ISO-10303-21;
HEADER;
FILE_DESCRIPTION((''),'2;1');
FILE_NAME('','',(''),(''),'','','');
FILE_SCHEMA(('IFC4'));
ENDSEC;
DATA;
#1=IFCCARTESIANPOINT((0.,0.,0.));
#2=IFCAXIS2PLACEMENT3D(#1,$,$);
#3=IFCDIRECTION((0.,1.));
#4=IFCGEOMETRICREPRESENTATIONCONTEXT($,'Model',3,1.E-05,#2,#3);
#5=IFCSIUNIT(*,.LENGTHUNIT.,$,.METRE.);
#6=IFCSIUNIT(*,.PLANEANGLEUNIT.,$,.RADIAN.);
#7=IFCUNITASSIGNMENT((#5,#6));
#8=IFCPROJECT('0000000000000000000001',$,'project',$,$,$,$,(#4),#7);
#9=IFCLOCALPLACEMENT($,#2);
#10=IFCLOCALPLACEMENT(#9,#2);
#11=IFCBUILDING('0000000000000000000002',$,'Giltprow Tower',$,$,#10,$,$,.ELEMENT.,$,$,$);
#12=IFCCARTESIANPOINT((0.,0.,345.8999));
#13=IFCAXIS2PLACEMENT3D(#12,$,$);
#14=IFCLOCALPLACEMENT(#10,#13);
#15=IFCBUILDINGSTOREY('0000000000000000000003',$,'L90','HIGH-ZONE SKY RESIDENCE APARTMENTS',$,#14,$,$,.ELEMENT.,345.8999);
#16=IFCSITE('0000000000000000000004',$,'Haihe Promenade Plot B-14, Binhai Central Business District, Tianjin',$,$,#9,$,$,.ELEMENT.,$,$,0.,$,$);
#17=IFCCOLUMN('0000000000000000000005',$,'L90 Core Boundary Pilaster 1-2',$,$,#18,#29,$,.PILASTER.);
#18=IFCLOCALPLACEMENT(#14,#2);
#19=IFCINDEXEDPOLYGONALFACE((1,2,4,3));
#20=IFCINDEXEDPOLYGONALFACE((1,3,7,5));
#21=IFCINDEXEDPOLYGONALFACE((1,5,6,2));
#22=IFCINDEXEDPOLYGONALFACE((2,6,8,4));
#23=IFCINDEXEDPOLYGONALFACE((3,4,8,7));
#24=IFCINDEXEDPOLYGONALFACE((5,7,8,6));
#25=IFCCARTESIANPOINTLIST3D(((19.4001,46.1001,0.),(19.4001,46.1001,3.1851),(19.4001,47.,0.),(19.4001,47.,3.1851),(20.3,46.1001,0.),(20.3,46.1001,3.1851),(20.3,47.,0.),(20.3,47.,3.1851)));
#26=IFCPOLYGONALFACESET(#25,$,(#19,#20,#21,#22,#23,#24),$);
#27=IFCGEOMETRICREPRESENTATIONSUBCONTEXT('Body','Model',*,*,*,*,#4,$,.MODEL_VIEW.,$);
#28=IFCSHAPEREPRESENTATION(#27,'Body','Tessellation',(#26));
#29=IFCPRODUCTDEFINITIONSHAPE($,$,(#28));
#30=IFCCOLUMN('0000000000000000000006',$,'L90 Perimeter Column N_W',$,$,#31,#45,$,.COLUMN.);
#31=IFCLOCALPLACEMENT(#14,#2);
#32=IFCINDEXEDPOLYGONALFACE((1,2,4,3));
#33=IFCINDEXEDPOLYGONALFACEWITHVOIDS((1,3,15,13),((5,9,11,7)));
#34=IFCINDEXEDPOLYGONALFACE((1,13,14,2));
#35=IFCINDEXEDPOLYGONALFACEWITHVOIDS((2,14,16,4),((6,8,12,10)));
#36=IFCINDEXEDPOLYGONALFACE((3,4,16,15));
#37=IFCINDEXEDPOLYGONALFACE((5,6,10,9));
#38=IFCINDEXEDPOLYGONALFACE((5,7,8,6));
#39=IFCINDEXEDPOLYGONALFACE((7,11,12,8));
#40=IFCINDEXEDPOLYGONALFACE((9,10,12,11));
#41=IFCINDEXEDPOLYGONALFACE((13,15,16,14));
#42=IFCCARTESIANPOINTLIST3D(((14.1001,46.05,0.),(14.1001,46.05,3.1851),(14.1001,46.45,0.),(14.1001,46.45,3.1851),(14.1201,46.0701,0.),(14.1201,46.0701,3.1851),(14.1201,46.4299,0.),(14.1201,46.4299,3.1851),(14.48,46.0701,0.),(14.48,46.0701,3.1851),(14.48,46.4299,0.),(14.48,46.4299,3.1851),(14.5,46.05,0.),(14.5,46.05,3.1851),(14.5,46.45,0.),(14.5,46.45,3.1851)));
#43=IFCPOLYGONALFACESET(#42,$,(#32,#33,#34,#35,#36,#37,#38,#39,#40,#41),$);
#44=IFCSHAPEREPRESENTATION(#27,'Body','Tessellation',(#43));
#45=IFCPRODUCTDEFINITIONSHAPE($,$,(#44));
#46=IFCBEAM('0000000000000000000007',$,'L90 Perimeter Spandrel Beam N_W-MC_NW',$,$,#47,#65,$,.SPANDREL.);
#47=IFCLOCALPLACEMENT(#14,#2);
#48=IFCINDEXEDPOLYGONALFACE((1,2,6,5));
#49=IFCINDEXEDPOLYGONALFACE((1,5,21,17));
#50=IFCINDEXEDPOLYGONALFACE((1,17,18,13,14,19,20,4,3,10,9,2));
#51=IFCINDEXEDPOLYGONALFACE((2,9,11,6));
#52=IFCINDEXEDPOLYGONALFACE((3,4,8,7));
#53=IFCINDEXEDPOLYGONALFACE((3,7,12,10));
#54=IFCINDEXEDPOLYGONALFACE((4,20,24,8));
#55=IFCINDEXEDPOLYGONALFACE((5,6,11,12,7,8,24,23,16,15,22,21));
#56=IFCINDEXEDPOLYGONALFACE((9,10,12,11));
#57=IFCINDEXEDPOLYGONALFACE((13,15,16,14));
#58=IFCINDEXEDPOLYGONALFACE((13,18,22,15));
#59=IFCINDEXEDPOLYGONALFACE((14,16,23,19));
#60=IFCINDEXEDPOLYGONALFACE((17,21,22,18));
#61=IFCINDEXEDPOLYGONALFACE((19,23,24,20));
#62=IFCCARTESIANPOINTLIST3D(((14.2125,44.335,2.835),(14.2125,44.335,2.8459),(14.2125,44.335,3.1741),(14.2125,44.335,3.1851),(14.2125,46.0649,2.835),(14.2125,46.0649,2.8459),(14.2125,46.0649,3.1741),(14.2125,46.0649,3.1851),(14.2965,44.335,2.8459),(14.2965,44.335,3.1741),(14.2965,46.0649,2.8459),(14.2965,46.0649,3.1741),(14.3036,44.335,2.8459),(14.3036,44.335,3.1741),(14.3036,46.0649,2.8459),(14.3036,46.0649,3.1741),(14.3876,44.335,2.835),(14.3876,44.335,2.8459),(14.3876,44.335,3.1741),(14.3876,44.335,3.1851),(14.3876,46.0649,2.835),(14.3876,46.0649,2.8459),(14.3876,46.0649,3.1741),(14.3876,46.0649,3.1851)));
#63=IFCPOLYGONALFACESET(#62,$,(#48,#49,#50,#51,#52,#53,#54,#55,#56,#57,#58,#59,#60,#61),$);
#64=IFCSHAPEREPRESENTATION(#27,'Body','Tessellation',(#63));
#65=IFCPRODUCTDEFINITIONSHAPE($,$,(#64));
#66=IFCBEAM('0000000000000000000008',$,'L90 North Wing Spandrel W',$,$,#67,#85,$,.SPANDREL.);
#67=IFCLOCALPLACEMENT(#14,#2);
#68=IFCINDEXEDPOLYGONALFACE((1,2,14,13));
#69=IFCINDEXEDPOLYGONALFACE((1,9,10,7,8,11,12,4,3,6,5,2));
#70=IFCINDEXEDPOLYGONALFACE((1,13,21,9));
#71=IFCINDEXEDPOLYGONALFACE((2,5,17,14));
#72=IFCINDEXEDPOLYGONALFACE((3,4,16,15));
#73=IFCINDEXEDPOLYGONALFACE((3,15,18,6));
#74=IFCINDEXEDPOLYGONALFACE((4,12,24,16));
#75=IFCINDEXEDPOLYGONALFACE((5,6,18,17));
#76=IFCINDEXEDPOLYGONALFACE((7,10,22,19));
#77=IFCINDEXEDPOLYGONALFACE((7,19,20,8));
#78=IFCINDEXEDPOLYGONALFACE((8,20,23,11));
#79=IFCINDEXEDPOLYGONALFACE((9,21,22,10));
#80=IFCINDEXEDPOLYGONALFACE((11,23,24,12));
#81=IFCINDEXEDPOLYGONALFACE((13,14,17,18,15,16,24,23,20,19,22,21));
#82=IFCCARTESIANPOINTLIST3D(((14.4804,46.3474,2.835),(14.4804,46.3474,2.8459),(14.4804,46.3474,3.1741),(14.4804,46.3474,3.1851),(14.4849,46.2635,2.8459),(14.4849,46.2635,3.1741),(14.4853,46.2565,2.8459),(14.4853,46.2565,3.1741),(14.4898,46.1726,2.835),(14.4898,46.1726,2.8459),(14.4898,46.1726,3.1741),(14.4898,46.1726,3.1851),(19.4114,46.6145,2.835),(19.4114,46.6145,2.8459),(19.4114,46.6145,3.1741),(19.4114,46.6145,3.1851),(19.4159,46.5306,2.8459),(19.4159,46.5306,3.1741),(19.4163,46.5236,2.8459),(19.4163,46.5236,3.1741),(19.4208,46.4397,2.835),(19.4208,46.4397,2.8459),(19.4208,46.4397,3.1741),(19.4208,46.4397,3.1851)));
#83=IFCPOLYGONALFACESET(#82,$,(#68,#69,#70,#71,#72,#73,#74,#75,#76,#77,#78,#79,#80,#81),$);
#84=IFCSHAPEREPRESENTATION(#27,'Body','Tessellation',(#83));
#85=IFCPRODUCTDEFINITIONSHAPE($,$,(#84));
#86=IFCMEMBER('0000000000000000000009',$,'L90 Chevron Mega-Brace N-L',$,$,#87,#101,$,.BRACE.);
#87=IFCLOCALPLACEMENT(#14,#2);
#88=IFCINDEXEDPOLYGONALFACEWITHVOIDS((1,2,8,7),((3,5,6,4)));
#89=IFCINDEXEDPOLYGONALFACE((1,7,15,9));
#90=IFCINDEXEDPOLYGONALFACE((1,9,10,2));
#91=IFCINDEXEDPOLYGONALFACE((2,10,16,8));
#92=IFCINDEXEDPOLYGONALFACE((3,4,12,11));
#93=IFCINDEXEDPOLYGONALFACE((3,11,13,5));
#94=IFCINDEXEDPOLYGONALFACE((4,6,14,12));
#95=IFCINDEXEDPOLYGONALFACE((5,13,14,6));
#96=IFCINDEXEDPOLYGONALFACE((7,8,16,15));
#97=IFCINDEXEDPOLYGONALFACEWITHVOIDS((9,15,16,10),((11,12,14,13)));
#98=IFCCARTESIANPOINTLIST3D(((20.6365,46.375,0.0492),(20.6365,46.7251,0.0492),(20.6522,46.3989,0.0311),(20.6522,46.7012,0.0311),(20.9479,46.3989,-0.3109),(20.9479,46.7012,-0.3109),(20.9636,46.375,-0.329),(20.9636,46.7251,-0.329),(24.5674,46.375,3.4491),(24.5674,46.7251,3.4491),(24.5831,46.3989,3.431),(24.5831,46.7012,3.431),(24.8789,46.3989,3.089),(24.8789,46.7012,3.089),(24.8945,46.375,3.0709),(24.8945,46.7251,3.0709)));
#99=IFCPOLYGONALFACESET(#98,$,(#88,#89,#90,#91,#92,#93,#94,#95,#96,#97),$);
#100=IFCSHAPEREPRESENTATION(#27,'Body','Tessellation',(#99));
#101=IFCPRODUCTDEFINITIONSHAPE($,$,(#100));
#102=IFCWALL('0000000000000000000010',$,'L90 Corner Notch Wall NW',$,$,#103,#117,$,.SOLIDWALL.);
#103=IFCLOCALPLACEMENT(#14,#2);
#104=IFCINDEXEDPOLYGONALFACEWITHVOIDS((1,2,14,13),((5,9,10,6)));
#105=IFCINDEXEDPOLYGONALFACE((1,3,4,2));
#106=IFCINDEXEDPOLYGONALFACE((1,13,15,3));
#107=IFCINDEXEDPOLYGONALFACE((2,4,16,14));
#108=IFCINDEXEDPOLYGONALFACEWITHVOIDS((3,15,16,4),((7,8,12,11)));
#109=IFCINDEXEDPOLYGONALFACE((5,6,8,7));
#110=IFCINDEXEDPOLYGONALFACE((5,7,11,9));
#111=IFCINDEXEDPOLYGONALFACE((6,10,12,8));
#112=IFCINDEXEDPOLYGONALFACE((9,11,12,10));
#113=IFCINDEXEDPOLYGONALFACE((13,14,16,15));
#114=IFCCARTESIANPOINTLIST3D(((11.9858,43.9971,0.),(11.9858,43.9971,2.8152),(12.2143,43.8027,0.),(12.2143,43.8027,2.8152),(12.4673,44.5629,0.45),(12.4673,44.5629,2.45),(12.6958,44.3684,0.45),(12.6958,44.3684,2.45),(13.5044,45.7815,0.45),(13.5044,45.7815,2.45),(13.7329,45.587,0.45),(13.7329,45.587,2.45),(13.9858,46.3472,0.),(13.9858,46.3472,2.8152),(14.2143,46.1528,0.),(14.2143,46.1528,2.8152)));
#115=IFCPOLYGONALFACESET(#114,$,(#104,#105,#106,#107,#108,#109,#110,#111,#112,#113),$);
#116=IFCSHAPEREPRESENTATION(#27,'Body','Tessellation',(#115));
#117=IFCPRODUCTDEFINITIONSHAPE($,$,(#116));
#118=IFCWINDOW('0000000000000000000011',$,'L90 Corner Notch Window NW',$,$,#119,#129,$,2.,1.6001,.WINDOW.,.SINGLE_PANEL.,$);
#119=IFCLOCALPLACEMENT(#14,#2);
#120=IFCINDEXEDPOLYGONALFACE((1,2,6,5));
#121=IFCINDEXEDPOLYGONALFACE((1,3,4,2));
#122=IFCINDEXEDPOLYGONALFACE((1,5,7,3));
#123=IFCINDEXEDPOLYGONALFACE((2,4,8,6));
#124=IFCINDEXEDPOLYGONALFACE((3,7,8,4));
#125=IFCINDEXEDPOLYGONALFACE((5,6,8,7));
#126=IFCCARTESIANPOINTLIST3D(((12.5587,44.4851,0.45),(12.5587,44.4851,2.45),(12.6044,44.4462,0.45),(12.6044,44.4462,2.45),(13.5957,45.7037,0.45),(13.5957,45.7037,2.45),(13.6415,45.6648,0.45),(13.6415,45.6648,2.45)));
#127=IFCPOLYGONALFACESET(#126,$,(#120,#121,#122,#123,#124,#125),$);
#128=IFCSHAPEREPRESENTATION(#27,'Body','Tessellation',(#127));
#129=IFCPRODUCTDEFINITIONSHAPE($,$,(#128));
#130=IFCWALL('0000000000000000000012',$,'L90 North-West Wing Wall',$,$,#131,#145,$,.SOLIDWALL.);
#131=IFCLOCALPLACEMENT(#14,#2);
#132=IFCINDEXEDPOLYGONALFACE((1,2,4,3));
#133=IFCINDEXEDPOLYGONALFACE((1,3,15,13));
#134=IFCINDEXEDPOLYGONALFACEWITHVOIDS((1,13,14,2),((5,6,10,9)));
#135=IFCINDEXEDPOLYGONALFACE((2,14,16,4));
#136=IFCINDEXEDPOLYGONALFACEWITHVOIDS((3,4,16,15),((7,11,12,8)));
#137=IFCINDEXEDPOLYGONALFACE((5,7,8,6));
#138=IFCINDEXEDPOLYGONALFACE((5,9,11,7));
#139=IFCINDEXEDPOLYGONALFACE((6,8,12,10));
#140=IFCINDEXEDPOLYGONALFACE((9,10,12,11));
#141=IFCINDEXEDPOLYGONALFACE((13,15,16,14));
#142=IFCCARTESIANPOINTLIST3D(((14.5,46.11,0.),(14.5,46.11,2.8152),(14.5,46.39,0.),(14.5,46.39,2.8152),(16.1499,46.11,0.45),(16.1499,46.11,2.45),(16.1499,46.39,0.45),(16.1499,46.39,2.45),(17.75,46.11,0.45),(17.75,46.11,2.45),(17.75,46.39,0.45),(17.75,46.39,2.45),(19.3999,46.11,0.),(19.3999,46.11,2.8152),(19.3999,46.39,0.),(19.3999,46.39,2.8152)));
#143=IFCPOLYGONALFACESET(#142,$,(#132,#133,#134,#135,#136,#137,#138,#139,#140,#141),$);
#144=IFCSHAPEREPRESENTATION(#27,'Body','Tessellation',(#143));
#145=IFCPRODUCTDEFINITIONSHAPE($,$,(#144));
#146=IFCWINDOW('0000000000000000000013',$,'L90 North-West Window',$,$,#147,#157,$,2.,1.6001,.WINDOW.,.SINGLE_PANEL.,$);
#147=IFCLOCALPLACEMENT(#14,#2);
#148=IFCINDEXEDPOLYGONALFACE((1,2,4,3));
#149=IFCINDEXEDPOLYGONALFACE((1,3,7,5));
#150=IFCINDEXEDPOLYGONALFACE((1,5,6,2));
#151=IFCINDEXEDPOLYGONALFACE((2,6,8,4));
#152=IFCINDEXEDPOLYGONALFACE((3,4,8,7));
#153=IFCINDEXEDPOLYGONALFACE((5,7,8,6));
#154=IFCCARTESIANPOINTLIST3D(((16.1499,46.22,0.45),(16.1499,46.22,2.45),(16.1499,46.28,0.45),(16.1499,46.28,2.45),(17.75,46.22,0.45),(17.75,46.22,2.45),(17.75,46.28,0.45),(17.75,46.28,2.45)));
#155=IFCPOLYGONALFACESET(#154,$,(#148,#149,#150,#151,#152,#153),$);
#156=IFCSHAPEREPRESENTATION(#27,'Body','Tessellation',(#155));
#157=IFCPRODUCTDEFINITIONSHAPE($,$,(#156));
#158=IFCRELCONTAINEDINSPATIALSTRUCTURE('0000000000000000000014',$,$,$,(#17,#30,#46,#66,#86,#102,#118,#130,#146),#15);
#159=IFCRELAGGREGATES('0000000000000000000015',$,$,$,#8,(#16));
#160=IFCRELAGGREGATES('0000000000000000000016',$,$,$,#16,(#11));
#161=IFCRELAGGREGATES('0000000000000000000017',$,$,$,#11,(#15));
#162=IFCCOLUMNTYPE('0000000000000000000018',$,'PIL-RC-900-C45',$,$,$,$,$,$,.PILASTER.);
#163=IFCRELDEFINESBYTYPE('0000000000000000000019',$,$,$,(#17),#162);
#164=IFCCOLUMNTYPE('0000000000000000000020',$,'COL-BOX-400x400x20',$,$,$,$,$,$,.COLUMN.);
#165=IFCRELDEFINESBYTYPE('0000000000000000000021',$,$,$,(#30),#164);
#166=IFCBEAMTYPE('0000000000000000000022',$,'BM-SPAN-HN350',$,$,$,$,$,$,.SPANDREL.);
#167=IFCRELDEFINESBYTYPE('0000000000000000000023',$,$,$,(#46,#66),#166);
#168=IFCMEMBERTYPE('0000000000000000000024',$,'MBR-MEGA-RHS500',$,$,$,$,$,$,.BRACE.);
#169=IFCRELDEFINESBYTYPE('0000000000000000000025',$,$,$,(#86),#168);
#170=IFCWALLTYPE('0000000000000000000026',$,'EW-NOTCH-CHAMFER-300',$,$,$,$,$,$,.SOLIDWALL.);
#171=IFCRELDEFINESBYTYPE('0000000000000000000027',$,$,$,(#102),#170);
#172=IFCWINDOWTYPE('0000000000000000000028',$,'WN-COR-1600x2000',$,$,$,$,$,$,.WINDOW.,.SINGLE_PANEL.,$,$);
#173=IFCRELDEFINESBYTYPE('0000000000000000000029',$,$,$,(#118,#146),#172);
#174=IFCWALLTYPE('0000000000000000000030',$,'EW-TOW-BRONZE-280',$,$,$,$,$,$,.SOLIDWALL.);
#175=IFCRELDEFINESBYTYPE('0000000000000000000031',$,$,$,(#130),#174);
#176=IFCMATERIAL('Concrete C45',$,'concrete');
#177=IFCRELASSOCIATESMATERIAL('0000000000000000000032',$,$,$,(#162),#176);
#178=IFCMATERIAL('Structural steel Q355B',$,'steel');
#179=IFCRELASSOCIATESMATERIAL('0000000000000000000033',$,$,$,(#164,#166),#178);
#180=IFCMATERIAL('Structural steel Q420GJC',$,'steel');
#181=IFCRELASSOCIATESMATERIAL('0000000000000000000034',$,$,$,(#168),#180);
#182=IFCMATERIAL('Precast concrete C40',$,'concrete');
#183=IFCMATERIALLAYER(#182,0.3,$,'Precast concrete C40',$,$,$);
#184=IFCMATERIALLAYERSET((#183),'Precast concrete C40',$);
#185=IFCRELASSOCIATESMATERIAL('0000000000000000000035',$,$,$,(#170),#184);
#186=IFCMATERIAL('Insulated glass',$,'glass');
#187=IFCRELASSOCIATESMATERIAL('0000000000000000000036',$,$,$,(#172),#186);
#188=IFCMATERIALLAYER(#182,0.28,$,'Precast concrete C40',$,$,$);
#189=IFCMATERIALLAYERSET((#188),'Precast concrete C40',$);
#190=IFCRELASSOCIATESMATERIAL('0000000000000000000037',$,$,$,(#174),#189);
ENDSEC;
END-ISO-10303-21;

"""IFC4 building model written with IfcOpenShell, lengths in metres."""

from ifc_helpers import new_model, si_unit, direction, frame, frame_2d, origin, origin_2d, place, context, subcontext, project, spatial, rectangle, hollow_rectangle, i_section, extrude, source, transform, mapped, material, layer, layer_set, material_profile, profile_set, type_object, element, fill, save


model = new_model("IFC4")

# Units and contexts
model_context = context("Model", 3, precision=1e-05, world=origin(), true_north=direction((0.0, 1.0)))
body_context = subcontext(model_context, "Body", "Model", "MODEL_VIEW")
ifc_project = project(units=[si_unit("LENGTHUNIT", "METRE"), si_unit("PLANEANGLEUNIT", "RADIAN")], contexts=[model_context])

# Site, building, storey
site_placement = place(None, origin())
site = spatial("IfcSite", under=ifc_project, at=site_placement, Name="Haihe Promenade Plot B-14, Binhai Central Business District, Tianjin", CompositionType="ELEMENT", RefElevation=0.0)
building_placement = place(site_placement, origin())
building = spatial("IfcBuilding", under=site, at=building_placement, Name="Giltprow Tower", CompositionType="ELEMENT")
storey_placement = place(building_placement, frame((0.0, 0.0, 345.8999)))
storey = spatial("IfcBuildingStorey", under=building, at=storey_placement, Name="L90", Description="HIGH-ZONE SKY RESIDENCE APARTMENTS", CompositionType="ELEMENT", Elevation=345.8999)

# Columns
ifc_material_1 = material(Name="Concrete C45", Category="concrete")
ifc_material_profile_1 = material_profile(ifc_material_1, rectangle(XDim=0.8999, YDim=0.8999, at=origin_2d()), Name="RC 900x900")
ifc_profile_set_1 = profile_set([ifc_material_profile_1], Name="Concrete C45")
column_type_1 = type_object("IfcColumnType", Name="PIL-RC-900-C45", PredefinedType="PILASTER", material=ifc_profile_set_1)
shared_shape_1 = source(origin(), body_context, "Body", "SweptSolid", [
    extrude(rectangle(XDim=0.8999, YDim=0.8999, at=origin_2d()), origin(), (0.0, 0.0, 1.0), 3.1851),
])
column_1_placement = place(storey_placement, frame((19.8501, 46.55, 0.0), z_axis=(0.0, 0.0, 1.0), x_axis=(1.0, 0.0, 0.0)))
element("IfcColumn", 1, at=column_1_placement, inside=storey, type_object=column_type_1, Name="L90 Core Boundary Pilaster 1-2", PredefinedType="PILASTER", context=body_context, shape_type="MappedRepresentation", body=[
    mapped(shared_shape_1, transform((0.0, 0.0, 0.0), x_axis=(1.0, 0.0, 0.0), y_axis=(0.0, 1.0, 0.0), z_axis=(0.0, 0.0, 1.0), scale=1.0)),
])
ifc_material_2 = material(Name="Structural steel Q355B", Category="steel")
ifc_material_profile_2 = material_profile(ifc_material_2, hollow_rectangle(XDim=0.3999, YDim=0.3999, WallThickness=0.02, at=origin_2d()), Name="BOX 400x400x20")
ifc_profile_set_2 = profile_set([ifc_material_profile_2], Name="Structural steel Q355B")
column_type_2 = type_object("IfcColumnType", Name="COL-BOX-400x400x20", PredefinedType="COLUMN", material=ifc_profile_set_2)
shared_shape_2 = source(origin(), body_context, "Body", "SweptSolid", [
    extrude(hollow_rectangle(XDim=0.3999, YDim=0.3999, WallThickness=0.02, at=origin_2d()), origin(), (0.0, 0.0, 1.0), 3.1851),
])
column_2_placement = place(storey_placement, frame((14.3, 46.25, 0.0), z_axis=(0.0, 0.0, 1.0), x_axis=(1.0, 0.0, 0.0)))
element("IfcColumn", 2, at=column_2_placement, inside=storey, type_object=column_type_2, Name="L90 Perimeter Column N_W", PredefinedType="COLUMN", context=body_context, shape_type="MappedRepresentation", body=[
    mapped(shared_shape_2, transform((0.0, 0.0, 0.0), x_axis=(1.0, 0.0, 0.0), y_axis=(0.0, 1.0, 0.0), z_axis=(0.0, 0.0, 1.0), scale=1.0)),
])

# Beams
ifc_material_profile_3 = material_profile(ifc_material_2, i_section(OverallWidth=0.175, OverallDepth=0.3501, WebThickness=0.0071, FlangeThickness=0.011, at=origin_2d()), Name="HN 350x175x7x11")
ifc_profile_set_3 = profile_set([ifc_material_profile_3], Name="Structural steel Q355B")
beam_type = type_object("IfcBeamType", Name="BM-SPAN-HN350", PredefinedType="SPANDREL", material=ifc_profile_set_3)
shared_shape_3 = source(origin(), body_context, "Body", "SweptSolid", [
    extrude(i_section(OverallWidth=0.175, OverallDepth=0.3501, WebThickness=0.0071, FlangeThickness=0.011, at=origin_2d()), origin(), (0.0, 0.0, 1.0), 1.73),
])
beam_1_placement = place(storey_placement, frame((14.3, 46.0649, 3.01), z_axis=(0.0, -1.0, 0.0), x_axis=(1.0, 0.0, 0.0)))
element("IfcBeam", 3, at=beam_1_placement, inside=storey, type_object=beam_type, Name="L90 Perimeter Spandrel Beam N_W-MC_NW", PredefinedType="SPANDREL", context=body_context, shape_type="MappedRepresentation", body=[
    mapped(shared_shape_3, transform((0.0, 0.0, 0.0), x_axis=(1.0, 0.0, 0.0), y_axis=(0.0, 1.0, 0.0), z_axis=(0.0, 0.0, 1.0), scale=1.0)),
])
shared_shape_4 = source(origin(), body_context, "Body", "SweptSolid", [
    extrude(i_section(OverallWidth=0.175, OverallDepth=0.3501, WebThickness=0.0071, FlangeThickness=0.011, at=origin_2d()), origin(), (0.0, 0.0, 1.0), 4.9382),
])
beam_2_placement = place(storey_placement, frame((14.4851, 46.26, 3.01), z_axis=(0.998536, 0.054087, 0.0), x_axis=(-0.054087, 0.998536, 0.0)))
element("IfcBeam", 4, at=beam_2_placement, inside=storey, type_object=beam_type, Name="L90 North Wing Spandrel W", PredefinedType="SPANDREL", context=body_context, shape_type="MappedRepresentation", body=[
    mapped(shared_shape_4, transform((0.0, 0.0, 0.0), x_axis=(1.0, 0.0, 0.0), y_axis=(0.0, 1.0, 0.0), z_axis=(0.0, 0.0, 1.0), scale=1.0)),
])

# Member
ifc_material_3 = material(Name="Structural steel Q420GJC", Category="steel")
ifc_material_profile_4 = material_profile(ifc_material_3, hollow_rectangle(XDim=0.3501, YDim=0.5, WallThickness=0.0239, at=origin_2d()), Name="RHS 500x350x24")
ifc_profile_set_4 = profile_set([ifc_material_profile_4], Name="Structural steel Q420GJC")
member_type = type_object("IfcMemberType", Name="MBR-MEGA-RHS500", PredefinedType="BRACE", material=ifc_profile_set_4)
shared_shape_5 = source(origin(), body_context, "Body", "SweptSolid", [
    extrude(hollow_rectangle(XDim=0.3501, YDim=0.5, WallThickness=0.0239, at=origin_2d()), origin(), (0.0, 0.0, 1.0), 5.1973),
])
member_placement = place(storey_placement, frame((20.8, 46.55, -0.1399), z_axis=(0.756344, 0.0, 0.654174), x_axis=(0.0, 1.0, 0.0)))
element("IfcMember", 5, at=member_placement, inside=storey, type_object=member_type, Name="L90 Chevron Mega-Brace N-L", PredefinedType="BRACE", context=body_context, shape_type="MappedRepresentation", body=[
    mapped(shared_shape_5, transform((0.0, 0.0, 0.0), x_axis=(1.0, 0.0, 0.0), y_axis=(0.0, 1.0, 0.0), z_axis=(0.0, 0.0, 1.0), scale=1.0)),
])

# Walls, openings, windows
ifc_material_4 = material(Name="Precast concrete C40", Category="concrete")
ifc_layer_1 = layer(ifc_material_4, 0.3, Name="Precast concrete C40")
ifc_layer_set_1 = layer_set([ifc_layer_1], Name="Precast concrete C40")
wall_type_1 = type_object("IfcWallType", Name="EW-NOTCH-CHAMFER-300", PredefinedType="SOLIDWALL", material=ifc_layer_set_1)
wall_1_placement = place(storey_placement, frame((14.1001, 46.25, 0.0), z_axis=(0.0, 0.0, 1.0), x_axis=(-0.648103, -0.761553, 0.0)))
wall_1 = element("IfcWall", 6, at=wall_1_placement, inside=storey, type_object=wall_type_1, Name="L90 Corner Notch Wall NW", PredefinedType="SOLIDWALL", context=body_context, shape_type="SweptSolid", body=[
    extrude(rectangle(XDim=3.0859, YDim=0.3, at=frame_2d((1.543, 0.0))), origin(), (0.0, 0.0, 1.0), 2.8152),
])
opening_1_placement = place(wall_1_placement, frame((0.7429, 0.0, 0.45)))
opening_1 = element("IfcOpeningElement", 7, at=opening_1_placement, cuts=wall_1, PredefinedType="OPENING", context=body_context, shape_type="SweptSolid", body=[
    extrude(rectangle(XDim=1.6001, YDim=2.0, at=frame_2d((0.8, 1.0))), frame((0.0, 0.1599, 0.0), z_axis=(0.0, -1.0, 0.0), x_axis=(1.0, 0.0, 0.0)), (0.0, 0.0, 1.0), 0.3201),
])
ifc_material_5 = material(Name="Insulated glass", Category="glass")
window_type = type_object("IfcWindowType", Name="WN-COR-1600x2000", PartitioningType="SINGLE_PANEL", PredefinedType="WINDOW", material=ifc_material_5)
shared_shape_6 = source(origin(), body_context, "Body", "SweptSolid", [
    extrude(rectangle(XDim=1.6001, YDim=2.0, at=frame_2d((0.8, 1.0))), frame((0.0, 0.03, 0.0), z_axis=(0.0, -1.0, 0.0), x_axis=(1.0, 0.0, 0.0)), (0.0, 0.0, 1.0), 0.0601),
])
window_1_placement = place(opening_1_placement, origin())
window_1 = element("IfcWindow", 8, at=window_1_placement, inside=storey, type_object=window_type, Name="L90 Corner Notch Window NW", OverallHeight=2.0, OverallWidth=1.6001, PartitioningType="SINGLE_PANEL", PredefinedType="WINDOW", context=body_context, shape_type="MappedRepresentation", body=[
    mapped(shared_shape_6, transform((0.0, 0.0, 0.0), x_axis=(1.0, 0.0, 0.0), y_axis=(0.0, 1.0, 0.0), z_axis=(0.0, 0.0, 1.0), scale=1.0)),
])
fill(opening_1, window_1)
ifc_layer_2 = layer(ifc_material_4, 0.28, Name="Precast concrete C40")
ifc_layer_set_2 = layer_set([ifc_layer_2], Name="Precast concrete C40")
wall_type_2 = type_object("IfcWallType", Name="EW-TOW-BRONZE-280", PredefinedType="SOLIDWALL", material=ifc_layer_set_2)
wall_2_placement = place(storey_placement, frame((14.5, 46.25, 0.0), z_axis=(0.0, 0.0, 1.0), x_axis=(1.0, 0.0, 0.0)))
wall_2 = element("IfcWall", 9, at=wall_2_placement, inside=storey, type_object=wall_type_2, Name="L90 North-West Wing Wall", PredefinedType="SOLIDWALL", context=body_context, shape_type="SweptSolid", body=[
    extrude(rectangle(XDim=4.8999, YDim=0.28, at=frame_2d((2.45, 0.0))), origin(), (0.0, 0.0, 1.0), 2.8152),
])
opening_2_placement = place(wall_2_placement, frame((1.6499, 0.0, 0.45)))
opening_2 = element("IfcOpeningElement", 10, at=opening_2_placement, cuts=wall_2, PredefinedType="OPENING", context=body_context, shape_type="SweptSolid", body=[
    extrude(rectangle(XDim=1.6001, YDim=2.0, at=frame_2d((0.8, 1.0))), frame((0.0, 0.1499, 0.0), z_axis=(0.0, -1.0, 0.0), x_axis=(1.0, 0.0, 0.0)), (0.0, 0.0, 1.0), 0.3),
])
window_2_placement = place(opening_2_placement, origin())
window_2 = element("IfcWindow", 11, at=window_2_placement, inside=storey, type_object=window_type, Name="L90 North-West Window", OverallHeight=2.0, OverallWidth=1.6001, PartitioningType="SINGLE_PANEL", PredefinedType="WINDOW", context=body_context, shape_type="MappedRepresentation", body=[
    mapped(shared_shape_6, transform((0.0, 0.0, 0.0), x_axis=(1.0, 0.0, 0.0), y_axis=(0.0, 1.0, 0.0), z_axis=(0.0, 0.0, 1.0), scale=1.0)),
])
fill(opening_2, window_2)

save(model, "model.ifc")
